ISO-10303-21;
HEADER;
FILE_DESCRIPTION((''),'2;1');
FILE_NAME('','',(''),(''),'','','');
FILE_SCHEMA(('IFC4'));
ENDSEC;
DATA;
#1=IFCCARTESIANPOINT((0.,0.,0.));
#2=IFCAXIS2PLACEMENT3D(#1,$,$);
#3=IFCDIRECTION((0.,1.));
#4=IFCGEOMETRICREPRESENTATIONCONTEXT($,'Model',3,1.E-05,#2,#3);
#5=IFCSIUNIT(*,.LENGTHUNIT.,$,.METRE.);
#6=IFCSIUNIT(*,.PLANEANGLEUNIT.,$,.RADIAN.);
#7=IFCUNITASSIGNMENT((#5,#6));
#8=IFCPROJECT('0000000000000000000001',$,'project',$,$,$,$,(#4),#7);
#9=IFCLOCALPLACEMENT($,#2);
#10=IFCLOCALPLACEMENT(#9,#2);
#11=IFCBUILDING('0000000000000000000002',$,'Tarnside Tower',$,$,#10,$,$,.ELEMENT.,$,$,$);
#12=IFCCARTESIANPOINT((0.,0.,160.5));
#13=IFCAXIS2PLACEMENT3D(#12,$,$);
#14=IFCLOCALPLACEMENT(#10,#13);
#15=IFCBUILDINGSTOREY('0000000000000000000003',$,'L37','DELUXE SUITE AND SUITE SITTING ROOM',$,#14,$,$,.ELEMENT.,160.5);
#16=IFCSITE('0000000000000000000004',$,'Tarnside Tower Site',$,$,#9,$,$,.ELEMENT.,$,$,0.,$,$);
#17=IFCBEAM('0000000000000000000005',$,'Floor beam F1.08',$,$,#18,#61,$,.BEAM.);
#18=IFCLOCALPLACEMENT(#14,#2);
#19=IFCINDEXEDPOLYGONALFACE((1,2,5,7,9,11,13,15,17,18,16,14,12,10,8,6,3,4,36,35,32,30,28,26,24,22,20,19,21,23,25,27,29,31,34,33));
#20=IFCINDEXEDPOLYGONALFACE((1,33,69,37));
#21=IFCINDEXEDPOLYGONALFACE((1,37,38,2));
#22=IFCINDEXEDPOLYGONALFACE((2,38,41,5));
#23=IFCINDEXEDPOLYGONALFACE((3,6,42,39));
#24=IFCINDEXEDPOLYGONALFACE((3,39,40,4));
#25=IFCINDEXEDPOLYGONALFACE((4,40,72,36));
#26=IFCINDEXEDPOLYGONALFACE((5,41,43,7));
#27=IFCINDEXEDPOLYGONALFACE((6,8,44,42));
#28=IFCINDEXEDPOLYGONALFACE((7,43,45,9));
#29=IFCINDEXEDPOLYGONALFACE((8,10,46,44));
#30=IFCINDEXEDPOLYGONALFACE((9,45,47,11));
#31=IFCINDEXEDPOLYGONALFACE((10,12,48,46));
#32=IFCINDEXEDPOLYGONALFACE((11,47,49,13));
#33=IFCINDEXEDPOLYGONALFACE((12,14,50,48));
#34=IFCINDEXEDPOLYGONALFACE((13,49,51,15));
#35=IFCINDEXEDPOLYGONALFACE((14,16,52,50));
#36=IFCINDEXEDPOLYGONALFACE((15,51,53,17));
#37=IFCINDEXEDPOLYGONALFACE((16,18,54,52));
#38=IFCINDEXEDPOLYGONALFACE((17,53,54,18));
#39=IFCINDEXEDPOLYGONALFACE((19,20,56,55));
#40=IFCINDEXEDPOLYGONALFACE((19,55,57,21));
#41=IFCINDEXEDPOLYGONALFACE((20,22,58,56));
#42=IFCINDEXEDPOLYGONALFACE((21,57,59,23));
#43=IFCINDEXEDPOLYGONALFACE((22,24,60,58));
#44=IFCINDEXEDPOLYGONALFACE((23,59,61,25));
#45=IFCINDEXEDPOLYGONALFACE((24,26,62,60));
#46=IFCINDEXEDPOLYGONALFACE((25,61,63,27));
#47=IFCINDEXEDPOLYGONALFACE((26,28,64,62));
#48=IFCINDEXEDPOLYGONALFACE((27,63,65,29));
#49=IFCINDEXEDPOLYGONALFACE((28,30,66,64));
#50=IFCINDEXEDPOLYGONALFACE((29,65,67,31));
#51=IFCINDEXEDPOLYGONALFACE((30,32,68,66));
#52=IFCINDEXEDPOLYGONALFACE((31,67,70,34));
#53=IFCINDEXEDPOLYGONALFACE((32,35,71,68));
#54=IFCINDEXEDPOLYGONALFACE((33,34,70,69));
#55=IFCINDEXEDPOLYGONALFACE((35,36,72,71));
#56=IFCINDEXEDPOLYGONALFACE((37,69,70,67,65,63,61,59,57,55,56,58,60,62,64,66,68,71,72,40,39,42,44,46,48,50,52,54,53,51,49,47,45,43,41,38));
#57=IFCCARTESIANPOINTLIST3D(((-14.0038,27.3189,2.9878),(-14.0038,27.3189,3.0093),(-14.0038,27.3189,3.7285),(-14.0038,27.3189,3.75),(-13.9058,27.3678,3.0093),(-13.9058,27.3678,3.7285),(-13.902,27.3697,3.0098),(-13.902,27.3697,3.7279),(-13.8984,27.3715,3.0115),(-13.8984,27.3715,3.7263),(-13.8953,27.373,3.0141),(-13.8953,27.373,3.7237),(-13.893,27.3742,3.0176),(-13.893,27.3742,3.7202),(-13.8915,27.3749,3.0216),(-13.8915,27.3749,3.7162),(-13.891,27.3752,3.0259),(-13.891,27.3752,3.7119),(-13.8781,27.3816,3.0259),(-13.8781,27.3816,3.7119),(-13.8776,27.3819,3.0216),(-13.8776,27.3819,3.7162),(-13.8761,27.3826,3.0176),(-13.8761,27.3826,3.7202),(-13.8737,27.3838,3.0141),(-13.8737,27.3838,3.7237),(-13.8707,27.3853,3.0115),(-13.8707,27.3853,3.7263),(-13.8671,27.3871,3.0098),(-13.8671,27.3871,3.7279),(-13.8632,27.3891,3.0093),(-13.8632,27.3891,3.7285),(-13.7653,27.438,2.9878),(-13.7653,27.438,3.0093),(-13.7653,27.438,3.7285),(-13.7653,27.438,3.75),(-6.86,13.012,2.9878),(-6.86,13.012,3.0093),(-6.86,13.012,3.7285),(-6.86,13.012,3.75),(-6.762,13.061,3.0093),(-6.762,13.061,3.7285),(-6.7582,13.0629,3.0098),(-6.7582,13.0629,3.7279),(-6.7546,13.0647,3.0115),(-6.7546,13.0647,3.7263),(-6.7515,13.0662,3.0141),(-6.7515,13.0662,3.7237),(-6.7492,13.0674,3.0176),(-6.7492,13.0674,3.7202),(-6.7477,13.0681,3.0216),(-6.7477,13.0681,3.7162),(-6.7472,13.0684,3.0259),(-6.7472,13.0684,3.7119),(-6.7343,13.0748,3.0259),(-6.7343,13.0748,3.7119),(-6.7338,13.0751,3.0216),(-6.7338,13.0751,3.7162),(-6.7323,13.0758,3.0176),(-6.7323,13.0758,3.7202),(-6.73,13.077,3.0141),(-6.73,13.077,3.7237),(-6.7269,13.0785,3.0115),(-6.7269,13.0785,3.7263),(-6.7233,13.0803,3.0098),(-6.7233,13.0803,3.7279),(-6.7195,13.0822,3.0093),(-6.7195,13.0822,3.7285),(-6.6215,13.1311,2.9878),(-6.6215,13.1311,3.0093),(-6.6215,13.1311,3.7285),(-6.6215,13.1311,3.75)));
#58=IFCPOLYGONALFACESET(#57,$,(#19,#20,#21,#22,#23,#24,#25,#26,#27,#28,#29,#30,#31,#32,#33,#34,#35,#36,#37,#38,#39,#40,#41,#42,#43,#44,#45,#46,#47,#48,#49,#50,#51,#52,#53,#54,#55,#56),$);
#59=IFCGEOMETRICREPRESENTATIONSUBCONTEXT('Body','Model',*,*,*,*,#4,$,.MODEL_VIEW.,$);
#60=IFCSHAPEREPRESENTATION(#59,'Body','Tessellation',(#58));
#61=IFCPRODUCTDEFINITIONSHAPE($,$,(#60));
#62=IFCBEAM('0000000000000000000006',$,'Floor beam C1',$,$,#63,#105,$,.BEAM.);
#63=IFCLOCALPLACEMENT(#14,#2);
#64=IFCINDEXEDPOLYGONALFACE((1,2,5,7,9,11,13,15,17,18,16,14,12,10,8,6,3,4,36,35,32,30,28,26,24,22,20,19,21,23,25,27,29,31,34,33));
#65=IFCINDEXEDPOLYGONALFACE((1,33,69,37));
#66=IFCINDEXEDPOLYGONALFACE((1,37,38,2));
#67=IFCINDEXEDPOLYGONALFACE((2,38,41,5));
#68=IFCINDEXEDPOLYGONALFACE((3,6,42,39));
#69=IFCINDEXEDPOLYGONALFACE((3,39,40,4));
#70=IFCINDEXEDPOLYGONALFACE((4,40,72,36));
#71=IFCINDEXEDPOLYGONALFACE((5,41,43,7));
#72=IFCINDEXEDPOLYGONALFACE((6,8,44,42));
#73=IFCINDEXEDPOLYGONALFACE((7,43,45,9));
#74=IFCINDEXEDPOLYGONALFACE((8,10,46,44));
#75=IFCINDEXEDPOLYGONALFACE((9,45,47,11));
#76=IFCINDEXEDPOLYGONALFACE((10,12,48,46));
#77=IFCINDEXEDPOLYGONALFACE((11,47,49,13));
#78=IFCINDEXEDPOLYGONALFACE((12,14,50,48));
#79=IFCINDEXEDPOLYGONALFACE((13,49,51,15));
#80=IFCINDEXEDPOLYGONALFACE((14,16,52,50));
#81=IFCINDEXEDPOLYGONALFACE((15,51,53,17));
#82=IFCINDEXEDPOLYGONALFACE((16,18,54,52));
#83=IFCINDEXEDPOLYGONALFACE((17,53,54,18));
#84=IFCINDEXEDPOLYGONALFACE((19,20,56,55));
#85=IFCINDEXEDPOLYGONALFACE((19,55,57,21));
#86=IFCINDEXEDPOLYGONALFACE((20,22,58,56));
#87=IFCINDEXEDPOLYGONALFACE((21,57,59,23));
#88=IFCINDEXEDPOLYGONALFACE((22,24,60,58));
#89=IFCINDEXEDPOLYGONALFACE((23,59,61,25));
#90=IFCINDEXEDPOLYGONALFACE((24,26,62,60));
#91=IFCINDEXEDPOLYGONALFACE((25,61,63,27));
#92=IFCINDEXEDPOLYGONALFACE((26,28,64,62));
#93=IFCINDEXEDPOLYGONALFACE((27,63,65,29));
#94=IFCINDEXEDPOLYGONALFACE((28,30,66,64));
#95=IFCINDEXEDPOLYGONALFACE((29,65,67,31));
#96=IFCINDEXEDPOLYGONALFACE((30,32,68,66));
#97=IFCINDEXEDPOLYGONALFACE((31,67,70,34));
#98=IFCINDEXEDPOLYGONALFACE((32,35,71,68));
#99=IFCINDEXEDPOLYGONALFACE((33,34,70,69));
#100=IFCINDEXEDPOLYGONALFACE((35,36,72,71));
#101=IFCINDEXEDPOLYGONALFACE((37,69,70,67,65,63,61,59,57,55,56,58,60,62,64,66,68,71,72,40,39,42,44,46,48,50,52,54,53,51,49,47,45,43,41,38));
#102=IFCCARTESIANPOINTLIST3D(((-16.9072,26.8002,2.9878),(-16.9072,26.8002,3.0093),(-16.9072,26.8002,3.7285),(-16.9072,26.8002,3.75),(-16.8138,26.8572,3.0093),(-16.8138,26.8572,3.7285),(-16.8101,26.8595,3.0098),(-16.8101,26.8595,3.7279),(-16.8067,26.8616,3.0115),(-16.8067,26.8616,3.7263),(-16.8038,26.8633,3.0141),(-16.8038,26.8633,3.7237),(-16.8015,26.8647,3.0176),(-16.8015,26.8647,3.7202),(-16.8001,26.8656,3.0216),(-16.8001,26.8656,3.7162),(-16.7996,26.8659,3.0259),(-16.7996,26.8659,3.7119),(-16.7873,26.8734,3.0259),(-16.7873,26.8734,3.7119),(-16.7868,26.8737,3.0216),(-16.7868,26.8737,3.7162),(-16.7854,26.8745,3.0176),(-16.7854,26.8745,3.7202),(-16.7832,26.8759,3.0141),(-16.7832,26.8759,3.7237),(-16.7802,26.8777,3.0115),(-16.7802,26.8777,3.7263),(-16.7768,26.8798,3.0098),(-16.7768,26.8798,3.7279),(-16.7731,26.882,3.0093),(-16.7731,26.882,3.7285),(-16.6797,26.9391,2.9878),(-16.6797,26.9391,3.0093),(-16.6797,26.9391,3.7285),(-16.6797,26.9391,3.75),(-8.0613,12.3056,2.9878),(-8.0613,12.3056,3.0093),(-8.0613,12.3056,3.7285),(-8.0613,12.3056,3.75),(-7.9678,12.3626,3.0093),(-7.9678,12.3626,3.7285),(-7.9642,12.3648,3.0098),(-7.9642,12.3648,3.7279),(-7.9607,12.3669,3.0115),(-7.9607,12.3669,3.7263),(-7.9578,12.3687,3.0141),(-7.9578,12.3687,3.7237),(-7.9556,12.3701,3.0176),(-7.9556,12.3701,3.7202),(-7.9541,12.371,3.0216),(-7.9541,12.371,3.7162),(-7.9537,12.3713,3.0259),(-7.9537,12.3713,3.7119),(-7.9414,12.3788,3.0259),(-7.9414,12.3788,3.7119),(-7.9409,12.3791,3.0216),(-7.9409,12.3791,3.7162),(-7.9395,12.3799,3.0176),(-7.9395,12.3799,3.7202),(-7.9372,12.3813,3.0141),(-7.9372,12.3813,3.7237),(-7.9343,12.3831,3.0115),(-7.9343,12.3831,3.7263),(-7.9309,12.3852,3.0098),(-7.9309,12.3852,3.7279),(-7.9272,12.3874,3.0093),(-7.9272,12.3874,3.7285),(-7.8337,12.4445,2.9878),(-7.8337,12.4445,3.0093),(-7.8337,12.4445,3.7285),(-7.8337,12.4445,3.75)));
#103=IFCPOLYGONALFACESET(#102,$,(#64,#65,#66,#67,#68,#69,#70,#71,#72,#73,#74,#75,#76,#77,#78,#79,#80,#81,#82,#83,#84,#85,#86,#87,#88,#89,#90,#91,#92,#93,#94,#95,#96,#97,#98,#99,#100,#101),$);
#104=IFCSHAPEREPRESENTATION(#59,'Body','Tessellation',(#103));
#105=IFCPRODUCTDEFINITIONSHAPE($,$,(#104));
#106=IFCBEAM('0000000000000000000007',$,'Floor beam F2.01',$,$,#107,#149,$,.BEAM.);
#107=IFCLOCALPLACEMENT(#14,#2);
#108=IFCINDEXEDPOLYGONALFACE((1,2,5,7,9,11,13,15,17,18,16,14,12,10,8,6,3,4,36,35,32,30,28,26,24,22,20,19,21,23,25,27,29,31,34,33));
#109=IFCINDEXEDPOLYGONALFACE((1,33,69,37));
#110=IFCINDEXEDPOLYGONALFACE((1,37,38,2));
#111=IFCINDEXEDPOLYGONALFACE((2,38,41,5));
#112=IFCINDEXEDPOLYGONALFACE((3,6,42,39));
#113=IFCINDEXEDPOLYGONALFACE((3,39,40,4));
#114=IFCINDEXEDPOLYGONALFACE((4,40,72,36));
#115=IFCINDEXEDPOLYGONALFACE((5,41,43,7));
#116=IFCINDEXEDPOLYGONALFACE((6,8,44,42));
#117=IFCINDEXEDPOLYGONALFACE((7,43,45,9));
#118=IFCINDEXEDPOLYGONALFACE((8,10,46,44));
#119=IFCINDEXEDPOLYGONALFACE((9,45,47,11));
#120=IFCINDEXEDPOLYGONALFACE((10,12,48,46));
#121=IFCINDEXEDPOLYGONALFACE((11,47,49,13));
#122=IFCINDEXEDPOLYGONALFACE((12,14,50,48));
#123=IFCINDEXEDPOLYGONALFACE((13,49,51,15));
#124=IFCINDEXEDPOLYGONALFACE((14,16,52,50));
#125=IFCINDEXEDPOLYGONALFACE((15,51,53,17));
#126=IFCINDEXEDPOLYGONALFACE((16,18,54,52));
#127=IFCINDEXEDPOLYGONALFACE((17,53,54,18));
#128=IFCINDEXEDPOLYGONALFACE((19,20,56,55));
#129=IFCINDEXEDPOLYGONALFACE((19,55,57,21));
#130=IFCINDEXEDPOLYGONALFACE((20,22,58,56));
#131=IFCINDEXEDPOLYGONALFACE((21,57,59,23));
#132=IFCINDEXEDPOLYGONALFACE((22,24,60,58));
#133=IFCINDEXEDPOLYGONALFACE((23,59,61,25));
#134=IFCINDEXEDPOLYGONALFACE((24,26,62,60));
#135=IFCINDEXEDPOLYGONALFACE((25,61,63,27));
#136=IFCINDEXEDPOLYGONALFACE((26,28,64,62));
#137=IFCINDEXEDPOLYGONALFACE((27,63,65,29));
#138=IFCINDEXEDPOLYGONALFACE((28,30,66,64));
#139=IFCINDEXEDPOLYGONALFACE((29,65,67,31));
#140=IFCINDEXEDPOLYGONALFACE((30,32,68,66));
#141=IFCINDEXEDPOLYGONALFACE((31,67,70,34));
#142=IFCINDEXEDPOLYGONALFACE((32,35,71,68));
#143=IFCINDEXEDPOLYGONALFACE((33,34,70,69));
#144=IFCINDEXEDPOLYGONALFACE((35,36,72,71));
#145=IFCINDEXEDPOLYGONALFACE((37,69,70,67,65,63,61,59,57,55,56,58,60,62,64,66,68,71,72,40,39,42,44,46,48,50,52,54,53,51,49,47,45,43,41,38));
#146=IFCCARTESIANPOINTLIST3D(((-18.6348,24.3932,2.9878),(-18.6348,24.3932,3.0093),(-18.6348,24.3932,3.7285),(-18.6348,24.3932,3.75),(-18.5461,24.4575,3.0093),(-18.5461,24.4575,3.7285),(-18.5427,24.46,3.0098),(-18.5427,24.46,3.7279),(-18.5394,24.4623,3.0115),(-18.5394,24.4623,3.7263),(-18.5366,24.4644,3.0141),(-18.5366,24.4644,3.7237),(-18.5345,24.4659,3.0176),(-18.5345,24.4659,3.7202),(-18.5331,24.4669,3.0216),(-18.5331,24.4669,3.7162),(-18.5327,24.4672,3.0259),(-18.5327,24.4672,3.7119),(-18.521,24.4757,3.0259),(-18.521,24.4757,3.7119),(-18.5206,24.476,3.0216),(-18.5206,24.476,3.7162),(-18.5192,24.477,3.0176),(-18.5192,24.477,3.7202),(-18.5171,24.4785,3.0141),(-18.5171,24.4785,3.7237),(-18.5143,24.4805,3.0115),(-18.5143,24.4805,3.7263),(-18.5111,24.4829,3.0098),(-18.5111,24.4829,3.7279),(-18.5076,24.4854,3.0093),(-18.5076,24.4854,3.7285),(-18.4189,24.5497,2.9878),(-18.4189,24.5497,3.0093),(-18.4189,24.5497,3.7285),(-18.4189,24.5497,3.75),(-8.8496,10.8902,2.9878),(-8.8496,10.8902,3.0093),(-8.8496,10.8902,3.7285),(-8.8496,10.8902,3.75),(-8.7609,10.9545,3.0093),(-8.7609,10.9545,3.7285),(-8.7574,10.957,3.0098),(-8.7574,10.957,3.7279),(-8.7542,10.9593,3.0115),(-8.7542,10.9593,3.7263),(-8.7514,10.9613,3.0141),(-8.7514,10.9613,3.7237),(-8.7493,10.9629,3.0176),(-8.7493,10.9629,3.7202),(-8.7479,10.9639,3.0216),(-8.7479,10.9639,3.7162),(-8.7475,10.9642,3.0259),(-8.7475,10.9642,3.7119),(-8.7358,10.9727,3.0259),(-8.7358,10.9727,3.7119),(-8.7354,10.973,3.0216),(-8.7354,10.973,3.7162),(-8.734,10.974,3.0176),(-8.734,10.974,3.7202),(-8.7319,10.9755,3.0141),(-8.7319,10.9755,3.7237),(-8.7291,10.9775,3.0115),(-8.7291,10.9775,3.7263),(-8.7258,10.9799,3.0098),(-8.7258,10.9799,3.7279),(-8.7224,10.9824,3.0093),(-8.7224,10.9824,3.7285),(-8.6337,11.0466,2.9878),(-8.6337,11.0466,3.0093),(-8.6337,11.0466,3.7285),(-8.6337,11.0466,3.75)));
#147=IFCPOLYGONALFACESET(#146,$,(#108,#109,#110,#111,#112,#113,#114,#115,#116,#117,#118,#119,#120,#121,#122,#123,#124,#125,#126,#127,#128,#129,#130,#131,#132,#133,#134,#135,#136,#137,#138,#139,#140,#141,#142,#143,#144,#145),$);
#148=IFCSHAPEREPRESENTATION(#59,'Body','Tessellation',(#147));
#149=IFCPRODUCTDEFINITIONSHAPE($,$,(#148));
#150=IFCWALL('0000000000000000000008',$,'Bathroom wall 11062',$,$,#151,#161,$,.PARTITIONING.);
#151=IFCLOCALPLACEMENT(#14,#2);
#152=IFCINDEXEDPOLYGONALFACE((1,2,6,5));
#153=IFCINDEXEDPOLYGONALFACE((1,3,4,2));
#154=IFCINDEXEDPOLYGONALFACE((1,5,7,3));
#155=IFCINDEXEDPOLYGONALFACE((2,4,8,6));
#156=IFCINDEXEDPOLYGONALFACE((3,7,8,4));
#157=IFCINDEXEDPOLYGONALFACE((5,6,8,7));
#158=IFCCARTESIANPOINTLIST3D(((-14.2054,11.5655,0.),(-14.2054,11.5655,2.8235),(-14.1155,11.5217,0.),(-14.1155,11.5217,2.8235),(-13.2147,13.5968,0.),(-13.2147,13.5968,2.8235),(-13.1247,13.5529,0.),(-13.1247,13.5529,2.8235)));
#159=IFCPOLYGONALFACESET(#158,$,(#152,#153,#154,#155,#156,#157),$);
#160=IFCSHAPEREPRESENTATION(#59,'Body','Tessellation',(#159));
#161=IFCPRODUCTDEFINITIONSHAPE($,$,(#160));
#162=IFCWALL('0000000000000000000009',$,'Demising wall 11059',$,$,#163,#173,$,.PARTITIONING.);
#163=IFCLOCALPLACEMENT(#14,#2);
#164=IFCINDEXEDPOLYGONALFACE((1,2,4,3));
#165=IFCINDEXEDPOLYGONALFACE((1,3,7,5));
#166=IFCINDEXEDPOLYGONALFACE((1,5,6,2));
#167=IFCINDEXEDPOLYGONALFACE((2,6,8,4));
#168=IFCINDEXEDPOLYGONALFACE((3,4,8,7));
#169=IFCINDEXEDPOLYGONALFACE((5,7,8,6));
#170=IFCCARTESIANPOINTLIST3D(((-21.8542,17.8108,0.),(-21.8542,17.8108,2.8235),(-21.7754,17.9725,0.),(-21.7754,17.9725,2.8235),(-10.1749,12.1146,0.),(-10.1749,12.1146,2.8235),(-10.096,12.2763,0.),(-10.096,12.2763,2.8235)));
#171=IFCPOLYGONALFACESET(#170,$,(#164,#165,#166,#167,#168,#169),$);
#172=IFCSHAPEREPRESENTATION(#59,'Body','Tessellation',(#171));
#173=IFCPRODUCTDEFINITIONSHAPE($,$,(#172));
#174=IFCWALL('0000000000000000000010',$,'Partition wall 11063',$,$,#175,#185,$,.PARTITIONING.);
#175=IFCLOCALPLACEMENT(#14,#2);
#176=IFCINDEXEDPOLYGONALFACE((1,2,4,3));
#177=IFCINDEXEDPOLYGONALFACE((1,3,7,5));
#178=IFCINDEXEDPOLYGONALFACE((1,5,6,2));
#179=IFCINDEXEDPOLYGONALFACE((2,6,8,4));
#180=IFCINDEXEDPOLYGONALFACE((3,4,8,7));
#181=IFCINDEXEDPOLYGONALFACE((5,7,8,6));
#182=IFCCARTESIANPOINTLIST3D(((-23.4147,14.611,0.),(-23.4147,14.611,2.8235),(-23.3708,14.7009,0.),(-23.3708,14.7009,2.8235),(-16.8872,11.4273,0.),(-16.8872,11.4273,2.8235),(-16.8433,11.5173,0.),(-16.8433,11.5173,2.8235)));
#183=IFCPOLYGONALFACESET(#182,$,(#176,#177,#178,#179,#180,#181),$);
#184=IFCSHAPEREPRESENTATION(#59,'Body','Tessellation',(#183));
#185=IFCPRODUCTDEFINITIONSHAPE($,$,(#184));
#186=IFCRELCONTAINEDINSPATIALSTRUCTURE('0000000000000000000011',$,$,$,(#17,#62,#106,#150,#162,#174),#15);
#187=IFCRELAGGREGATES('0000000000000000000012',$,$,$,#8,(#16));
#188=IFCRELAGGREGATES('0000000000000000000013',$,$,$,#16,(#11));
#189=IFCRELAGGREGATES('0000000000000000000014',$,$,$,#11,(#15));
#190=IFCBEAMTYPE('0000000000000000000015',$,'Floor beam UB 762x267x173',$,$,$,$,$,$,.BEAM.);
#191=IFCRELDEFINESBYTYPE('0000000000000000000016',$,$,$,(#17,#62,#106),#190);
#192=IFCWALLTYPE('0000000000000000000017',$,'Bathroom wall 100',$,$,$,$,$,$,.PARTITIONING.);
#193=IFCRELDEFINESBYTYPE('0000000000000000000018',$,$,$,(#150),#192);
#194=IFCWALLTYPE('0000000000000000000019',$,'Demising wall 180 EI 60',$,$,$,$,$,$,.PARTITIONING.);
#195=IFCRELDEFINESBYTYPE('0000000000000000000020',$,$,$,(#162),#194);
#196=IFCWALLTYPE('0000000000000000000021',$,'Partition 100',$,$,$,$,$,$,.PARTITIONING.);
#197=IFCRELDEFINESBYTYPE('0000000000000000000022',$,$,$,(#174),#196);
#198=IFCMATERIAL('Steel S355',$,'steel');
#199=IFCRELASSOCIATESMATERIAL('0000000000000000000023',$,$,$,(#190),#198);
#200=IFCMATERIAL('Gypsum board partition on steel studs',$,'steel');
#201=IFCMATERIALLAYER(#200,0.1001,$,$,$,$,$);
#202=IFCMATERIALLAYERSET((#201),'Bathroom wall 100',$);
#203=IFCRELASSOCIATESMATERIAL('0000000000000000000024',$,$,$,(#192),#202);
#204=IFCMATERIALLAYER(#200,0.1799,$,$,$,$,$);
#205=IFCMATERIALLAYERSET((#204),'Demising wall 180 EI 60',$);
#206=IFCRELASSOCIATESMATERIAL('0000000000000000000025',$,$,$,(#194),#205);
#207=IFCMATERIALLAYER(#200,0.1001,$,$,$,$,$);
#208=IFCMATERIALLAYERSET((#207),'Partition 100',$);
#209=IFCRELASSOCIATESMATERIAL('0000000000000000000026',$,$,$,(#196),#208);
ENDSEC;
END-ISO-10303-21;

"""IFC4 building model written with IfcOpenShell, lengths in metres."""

from ifc_helpers import new_model, si_unit, direction, frame, frame_2d, origin, origin_2d, place, context, subcontext, project, spatial, rectangle, i_section, extrude, material, layer, layer_set, material_profile, profile_set, type_object, element, save


model = new_model("IFC4")

# Units and contexts
model_context = context("Model", 3, precision=1e-05, world=origin(), true_north=direction((0.0, 1.0)))
body_context = subcontext(model_context, "Body", "Model", "MODEL_VIEW")
ifc_project = project(units=[si_unit("LENGTHUNIT", "METRE"), si_unit("PLANEANGLEUNIT", "RADIAN")], contexts=[model_context])

# Site, building, storey
site_placement = place(None, origin())
site = spatial("IfcSite", under=ifc_project, at=site_placement, Name="Tarnside Tower Site", CompositionType="ELEMENT", RefElevation=0.0)
building_placement = place(site_placement, origin())
building = spatial("IfcBuilding", under=site, at=building_placement, Name="Tarnside Tower", CompositionType="ELEMENT")
storey_placement = place(building_placement, frame((0.0, 0.0, 160.5)))
storey = spatial("IfcBuildingStorey", under=building, at=storey_placement, Name="L37", Description="DELUXE SUITE AND SUITE SITTING ROOM", CompositionType="ELEMENT", Elevation=160.5)

# Beams
ifc_material_1 = material(Name="Steel S355", Category="steel")
ifc_material_profile_1 = material_profile(ifc_material_1, i_section(OverallWidth=0.2666, OverallDepth=0.7622, WebThickness=0.0144, FlangeThickness=0.0215, FilletRadius=0.0166, at=origin_2d()), Name="UB 762x267x173")
ifc_profile_set_1 = profile_set([ifc_material_profile_1], Name="Steel S355")
beam_type_1 = type_object("IfcBeamType", Name="Floor beam UB 762x267x173", PredefinedType="BEAM", material=ifc_profile_set_1)
beam_1_placement = place(storey_placement, frame((-13.8845, 27.3784, 3.3689), z_axis=(0.446731, -0.894668, 0.0), x_axis=(0.894668, 0.446731, 0.0)))
element("IfcBeam", 1, at=beam_1_placement, inside=storey, type_object=beam_type_1, Name="Floor beam F1.08", PredefinedType="BEAM", context=body_context, shape_type="SweptSolid", body=[
    extrude(i_section(OverallWidth=0.2666, OverallDepth=0.7622, WebThickness=0.0144, FlangeThickness=0.0215, FilletRadius=0.0166, at=origin_2d()), origin(), (0.0, 0.0, 1.0), 15.9912),
])
beam_2_placement = place(storey_placement, frame((-16.7935, 26.8696, 3.3689), z_axis=(0.52094, -0.853593, 0.0), x_axis=(0.853593, 0.52094, 0.0)))
element("IfcBeam", 2, at=beam_2_placement, inside=storey, type_object=beam_type_1, Name="Floor beam C1", PredefinedType="BEAM", context=body_context, shape_type="SweptSolid", body=[
    extrude(i_section(OverallWidth=0.2666, OverallDepth=0.7622, WebThickness=0.0144, FlangeThickness=0.0215, FilletRadius=0.0166, at=origin_2d()), origin(), (0.0, 0.0, 1.0), 16.9807),
])
beam_3_placement = place(storey_placement, frame((-18.5269, 24.4714, 3.3689), z_axis=(0.586792, -0.809738, 0.0), x_axis=(0.809738, 0.586792, 0.0)))
element("IfcBeam", 3, at=beam_3_placement, inside=storey, type_object=beam_type_1, Name="Floor beam F2.01", PredefinedType="BEAM", context=body_context, shape_type="SweptSolid", body=[
    extrude(i_section(OverallWidth=0.2666, OverallDepth=0.7622, WebThickness=0.0144, FlangeThickness=0.0215, FilletRadius=0.0166, at=origin_2d()), origin(), (0.0, 0.0, 1.0), 16.6758),
])

# Walls
ifc_material_2 = material(Name="Gypsum board partition on steel studs", Category="steel")
ifc_layer_1 = layer(ifc_material_2, 0.1001)
ifc_layer_set_1 = layer_set([ifc_layer_1], Name="Bathroom wall 100")
wall_type_1 = type_object("IfcWallType", Name="Bathroom wall 100", PredefinedType="PARTITIONING", material=ifc_layer_set_1)
wall_1_placement = place(storey_placement, frame((-14.1604, 11.5437, 0.0), z_axis=(0.0, 0.0, 1.0), x_axis=(0.438377, 0.898791, 0.0)))
element("IfcWall", 4, at=wall_1_placement, inside=storey, type_object=wall_type_1, Name="Bathroom wall 11062", PredefinedType="PARTITIONING", context=body_context, shape_type="SweptSolid", body=[
    extrude(rectangle(XDim=2.26, YDim=0.1001, at=frame_2d((1.1299, 0.0))), origin(), (0.0, 0.0, 1.0), 2.8235),
])
ifc_layer_2 = layer(ifc_material_2, 0.1799)
ifc_layer_set_2 = layer_set([ifc_layer_2], Name="Demising wall 180 EI 60")
wall_type_2 = type_object("IfcWallType", Name="Demising wall 180 EI 60", PredefinedType="PARTITIONING", material=ifc_layer_set_2)
wall_2_placement = place(storey_placement, frame((-21.8147, 17.8916, 0.0), z_axis=(0.0, 0.0, 1.0), x_axis=(0.898799, -0.438361, 0.0)))
element("IfcWall", 5, at=wall_2_placement, inside=storey, type_object=wall_type_2, Name="Demising wall 11059", PredefinedType="PARTITIONING", context=body_context, shape_type="SweptSolid", body=[
    extrude(rectangle(XDim=12.9944, YDim=0.1799, at=frame_2d((6.4971, 0.0))), origin(), (0.0, 0.0, 1.0), 2.8235),
])
ifc_layer_3 = layer(ifc_material_2, 0.1001)
ifc_layer_set_3 = layer_set([ifc_layer_3], Name="Partition 100")
wall_type_3 = type_object("IfcWallType", Name="Partition 100", PredefinedType="PARTITIONING", material=ifc_layer_set_3)
wall_3_placement = place(storey_placement, frame((-23.3928, 14.656, 0.0), z_axis=(0.0, 0.0, 1.0), x_axis=(0.898794, -0.438371, 0.0)))
element("IfcWall", 6, at=wall_3_placement, inside=storey, type_object=wall_type_3, Name="Partition wall 11063", PredefinedType="PARTITIONING", context=body_context, shape_type="SweptSolid", body=[
    extrude(rectangle(XDim=7.2625, YDim=0.1001, at=frame_2d((3.6313, 0.0))), origin(), (0.0, 0.0, 1.0), 2.8235),
])

save(model, "model.ifc")
